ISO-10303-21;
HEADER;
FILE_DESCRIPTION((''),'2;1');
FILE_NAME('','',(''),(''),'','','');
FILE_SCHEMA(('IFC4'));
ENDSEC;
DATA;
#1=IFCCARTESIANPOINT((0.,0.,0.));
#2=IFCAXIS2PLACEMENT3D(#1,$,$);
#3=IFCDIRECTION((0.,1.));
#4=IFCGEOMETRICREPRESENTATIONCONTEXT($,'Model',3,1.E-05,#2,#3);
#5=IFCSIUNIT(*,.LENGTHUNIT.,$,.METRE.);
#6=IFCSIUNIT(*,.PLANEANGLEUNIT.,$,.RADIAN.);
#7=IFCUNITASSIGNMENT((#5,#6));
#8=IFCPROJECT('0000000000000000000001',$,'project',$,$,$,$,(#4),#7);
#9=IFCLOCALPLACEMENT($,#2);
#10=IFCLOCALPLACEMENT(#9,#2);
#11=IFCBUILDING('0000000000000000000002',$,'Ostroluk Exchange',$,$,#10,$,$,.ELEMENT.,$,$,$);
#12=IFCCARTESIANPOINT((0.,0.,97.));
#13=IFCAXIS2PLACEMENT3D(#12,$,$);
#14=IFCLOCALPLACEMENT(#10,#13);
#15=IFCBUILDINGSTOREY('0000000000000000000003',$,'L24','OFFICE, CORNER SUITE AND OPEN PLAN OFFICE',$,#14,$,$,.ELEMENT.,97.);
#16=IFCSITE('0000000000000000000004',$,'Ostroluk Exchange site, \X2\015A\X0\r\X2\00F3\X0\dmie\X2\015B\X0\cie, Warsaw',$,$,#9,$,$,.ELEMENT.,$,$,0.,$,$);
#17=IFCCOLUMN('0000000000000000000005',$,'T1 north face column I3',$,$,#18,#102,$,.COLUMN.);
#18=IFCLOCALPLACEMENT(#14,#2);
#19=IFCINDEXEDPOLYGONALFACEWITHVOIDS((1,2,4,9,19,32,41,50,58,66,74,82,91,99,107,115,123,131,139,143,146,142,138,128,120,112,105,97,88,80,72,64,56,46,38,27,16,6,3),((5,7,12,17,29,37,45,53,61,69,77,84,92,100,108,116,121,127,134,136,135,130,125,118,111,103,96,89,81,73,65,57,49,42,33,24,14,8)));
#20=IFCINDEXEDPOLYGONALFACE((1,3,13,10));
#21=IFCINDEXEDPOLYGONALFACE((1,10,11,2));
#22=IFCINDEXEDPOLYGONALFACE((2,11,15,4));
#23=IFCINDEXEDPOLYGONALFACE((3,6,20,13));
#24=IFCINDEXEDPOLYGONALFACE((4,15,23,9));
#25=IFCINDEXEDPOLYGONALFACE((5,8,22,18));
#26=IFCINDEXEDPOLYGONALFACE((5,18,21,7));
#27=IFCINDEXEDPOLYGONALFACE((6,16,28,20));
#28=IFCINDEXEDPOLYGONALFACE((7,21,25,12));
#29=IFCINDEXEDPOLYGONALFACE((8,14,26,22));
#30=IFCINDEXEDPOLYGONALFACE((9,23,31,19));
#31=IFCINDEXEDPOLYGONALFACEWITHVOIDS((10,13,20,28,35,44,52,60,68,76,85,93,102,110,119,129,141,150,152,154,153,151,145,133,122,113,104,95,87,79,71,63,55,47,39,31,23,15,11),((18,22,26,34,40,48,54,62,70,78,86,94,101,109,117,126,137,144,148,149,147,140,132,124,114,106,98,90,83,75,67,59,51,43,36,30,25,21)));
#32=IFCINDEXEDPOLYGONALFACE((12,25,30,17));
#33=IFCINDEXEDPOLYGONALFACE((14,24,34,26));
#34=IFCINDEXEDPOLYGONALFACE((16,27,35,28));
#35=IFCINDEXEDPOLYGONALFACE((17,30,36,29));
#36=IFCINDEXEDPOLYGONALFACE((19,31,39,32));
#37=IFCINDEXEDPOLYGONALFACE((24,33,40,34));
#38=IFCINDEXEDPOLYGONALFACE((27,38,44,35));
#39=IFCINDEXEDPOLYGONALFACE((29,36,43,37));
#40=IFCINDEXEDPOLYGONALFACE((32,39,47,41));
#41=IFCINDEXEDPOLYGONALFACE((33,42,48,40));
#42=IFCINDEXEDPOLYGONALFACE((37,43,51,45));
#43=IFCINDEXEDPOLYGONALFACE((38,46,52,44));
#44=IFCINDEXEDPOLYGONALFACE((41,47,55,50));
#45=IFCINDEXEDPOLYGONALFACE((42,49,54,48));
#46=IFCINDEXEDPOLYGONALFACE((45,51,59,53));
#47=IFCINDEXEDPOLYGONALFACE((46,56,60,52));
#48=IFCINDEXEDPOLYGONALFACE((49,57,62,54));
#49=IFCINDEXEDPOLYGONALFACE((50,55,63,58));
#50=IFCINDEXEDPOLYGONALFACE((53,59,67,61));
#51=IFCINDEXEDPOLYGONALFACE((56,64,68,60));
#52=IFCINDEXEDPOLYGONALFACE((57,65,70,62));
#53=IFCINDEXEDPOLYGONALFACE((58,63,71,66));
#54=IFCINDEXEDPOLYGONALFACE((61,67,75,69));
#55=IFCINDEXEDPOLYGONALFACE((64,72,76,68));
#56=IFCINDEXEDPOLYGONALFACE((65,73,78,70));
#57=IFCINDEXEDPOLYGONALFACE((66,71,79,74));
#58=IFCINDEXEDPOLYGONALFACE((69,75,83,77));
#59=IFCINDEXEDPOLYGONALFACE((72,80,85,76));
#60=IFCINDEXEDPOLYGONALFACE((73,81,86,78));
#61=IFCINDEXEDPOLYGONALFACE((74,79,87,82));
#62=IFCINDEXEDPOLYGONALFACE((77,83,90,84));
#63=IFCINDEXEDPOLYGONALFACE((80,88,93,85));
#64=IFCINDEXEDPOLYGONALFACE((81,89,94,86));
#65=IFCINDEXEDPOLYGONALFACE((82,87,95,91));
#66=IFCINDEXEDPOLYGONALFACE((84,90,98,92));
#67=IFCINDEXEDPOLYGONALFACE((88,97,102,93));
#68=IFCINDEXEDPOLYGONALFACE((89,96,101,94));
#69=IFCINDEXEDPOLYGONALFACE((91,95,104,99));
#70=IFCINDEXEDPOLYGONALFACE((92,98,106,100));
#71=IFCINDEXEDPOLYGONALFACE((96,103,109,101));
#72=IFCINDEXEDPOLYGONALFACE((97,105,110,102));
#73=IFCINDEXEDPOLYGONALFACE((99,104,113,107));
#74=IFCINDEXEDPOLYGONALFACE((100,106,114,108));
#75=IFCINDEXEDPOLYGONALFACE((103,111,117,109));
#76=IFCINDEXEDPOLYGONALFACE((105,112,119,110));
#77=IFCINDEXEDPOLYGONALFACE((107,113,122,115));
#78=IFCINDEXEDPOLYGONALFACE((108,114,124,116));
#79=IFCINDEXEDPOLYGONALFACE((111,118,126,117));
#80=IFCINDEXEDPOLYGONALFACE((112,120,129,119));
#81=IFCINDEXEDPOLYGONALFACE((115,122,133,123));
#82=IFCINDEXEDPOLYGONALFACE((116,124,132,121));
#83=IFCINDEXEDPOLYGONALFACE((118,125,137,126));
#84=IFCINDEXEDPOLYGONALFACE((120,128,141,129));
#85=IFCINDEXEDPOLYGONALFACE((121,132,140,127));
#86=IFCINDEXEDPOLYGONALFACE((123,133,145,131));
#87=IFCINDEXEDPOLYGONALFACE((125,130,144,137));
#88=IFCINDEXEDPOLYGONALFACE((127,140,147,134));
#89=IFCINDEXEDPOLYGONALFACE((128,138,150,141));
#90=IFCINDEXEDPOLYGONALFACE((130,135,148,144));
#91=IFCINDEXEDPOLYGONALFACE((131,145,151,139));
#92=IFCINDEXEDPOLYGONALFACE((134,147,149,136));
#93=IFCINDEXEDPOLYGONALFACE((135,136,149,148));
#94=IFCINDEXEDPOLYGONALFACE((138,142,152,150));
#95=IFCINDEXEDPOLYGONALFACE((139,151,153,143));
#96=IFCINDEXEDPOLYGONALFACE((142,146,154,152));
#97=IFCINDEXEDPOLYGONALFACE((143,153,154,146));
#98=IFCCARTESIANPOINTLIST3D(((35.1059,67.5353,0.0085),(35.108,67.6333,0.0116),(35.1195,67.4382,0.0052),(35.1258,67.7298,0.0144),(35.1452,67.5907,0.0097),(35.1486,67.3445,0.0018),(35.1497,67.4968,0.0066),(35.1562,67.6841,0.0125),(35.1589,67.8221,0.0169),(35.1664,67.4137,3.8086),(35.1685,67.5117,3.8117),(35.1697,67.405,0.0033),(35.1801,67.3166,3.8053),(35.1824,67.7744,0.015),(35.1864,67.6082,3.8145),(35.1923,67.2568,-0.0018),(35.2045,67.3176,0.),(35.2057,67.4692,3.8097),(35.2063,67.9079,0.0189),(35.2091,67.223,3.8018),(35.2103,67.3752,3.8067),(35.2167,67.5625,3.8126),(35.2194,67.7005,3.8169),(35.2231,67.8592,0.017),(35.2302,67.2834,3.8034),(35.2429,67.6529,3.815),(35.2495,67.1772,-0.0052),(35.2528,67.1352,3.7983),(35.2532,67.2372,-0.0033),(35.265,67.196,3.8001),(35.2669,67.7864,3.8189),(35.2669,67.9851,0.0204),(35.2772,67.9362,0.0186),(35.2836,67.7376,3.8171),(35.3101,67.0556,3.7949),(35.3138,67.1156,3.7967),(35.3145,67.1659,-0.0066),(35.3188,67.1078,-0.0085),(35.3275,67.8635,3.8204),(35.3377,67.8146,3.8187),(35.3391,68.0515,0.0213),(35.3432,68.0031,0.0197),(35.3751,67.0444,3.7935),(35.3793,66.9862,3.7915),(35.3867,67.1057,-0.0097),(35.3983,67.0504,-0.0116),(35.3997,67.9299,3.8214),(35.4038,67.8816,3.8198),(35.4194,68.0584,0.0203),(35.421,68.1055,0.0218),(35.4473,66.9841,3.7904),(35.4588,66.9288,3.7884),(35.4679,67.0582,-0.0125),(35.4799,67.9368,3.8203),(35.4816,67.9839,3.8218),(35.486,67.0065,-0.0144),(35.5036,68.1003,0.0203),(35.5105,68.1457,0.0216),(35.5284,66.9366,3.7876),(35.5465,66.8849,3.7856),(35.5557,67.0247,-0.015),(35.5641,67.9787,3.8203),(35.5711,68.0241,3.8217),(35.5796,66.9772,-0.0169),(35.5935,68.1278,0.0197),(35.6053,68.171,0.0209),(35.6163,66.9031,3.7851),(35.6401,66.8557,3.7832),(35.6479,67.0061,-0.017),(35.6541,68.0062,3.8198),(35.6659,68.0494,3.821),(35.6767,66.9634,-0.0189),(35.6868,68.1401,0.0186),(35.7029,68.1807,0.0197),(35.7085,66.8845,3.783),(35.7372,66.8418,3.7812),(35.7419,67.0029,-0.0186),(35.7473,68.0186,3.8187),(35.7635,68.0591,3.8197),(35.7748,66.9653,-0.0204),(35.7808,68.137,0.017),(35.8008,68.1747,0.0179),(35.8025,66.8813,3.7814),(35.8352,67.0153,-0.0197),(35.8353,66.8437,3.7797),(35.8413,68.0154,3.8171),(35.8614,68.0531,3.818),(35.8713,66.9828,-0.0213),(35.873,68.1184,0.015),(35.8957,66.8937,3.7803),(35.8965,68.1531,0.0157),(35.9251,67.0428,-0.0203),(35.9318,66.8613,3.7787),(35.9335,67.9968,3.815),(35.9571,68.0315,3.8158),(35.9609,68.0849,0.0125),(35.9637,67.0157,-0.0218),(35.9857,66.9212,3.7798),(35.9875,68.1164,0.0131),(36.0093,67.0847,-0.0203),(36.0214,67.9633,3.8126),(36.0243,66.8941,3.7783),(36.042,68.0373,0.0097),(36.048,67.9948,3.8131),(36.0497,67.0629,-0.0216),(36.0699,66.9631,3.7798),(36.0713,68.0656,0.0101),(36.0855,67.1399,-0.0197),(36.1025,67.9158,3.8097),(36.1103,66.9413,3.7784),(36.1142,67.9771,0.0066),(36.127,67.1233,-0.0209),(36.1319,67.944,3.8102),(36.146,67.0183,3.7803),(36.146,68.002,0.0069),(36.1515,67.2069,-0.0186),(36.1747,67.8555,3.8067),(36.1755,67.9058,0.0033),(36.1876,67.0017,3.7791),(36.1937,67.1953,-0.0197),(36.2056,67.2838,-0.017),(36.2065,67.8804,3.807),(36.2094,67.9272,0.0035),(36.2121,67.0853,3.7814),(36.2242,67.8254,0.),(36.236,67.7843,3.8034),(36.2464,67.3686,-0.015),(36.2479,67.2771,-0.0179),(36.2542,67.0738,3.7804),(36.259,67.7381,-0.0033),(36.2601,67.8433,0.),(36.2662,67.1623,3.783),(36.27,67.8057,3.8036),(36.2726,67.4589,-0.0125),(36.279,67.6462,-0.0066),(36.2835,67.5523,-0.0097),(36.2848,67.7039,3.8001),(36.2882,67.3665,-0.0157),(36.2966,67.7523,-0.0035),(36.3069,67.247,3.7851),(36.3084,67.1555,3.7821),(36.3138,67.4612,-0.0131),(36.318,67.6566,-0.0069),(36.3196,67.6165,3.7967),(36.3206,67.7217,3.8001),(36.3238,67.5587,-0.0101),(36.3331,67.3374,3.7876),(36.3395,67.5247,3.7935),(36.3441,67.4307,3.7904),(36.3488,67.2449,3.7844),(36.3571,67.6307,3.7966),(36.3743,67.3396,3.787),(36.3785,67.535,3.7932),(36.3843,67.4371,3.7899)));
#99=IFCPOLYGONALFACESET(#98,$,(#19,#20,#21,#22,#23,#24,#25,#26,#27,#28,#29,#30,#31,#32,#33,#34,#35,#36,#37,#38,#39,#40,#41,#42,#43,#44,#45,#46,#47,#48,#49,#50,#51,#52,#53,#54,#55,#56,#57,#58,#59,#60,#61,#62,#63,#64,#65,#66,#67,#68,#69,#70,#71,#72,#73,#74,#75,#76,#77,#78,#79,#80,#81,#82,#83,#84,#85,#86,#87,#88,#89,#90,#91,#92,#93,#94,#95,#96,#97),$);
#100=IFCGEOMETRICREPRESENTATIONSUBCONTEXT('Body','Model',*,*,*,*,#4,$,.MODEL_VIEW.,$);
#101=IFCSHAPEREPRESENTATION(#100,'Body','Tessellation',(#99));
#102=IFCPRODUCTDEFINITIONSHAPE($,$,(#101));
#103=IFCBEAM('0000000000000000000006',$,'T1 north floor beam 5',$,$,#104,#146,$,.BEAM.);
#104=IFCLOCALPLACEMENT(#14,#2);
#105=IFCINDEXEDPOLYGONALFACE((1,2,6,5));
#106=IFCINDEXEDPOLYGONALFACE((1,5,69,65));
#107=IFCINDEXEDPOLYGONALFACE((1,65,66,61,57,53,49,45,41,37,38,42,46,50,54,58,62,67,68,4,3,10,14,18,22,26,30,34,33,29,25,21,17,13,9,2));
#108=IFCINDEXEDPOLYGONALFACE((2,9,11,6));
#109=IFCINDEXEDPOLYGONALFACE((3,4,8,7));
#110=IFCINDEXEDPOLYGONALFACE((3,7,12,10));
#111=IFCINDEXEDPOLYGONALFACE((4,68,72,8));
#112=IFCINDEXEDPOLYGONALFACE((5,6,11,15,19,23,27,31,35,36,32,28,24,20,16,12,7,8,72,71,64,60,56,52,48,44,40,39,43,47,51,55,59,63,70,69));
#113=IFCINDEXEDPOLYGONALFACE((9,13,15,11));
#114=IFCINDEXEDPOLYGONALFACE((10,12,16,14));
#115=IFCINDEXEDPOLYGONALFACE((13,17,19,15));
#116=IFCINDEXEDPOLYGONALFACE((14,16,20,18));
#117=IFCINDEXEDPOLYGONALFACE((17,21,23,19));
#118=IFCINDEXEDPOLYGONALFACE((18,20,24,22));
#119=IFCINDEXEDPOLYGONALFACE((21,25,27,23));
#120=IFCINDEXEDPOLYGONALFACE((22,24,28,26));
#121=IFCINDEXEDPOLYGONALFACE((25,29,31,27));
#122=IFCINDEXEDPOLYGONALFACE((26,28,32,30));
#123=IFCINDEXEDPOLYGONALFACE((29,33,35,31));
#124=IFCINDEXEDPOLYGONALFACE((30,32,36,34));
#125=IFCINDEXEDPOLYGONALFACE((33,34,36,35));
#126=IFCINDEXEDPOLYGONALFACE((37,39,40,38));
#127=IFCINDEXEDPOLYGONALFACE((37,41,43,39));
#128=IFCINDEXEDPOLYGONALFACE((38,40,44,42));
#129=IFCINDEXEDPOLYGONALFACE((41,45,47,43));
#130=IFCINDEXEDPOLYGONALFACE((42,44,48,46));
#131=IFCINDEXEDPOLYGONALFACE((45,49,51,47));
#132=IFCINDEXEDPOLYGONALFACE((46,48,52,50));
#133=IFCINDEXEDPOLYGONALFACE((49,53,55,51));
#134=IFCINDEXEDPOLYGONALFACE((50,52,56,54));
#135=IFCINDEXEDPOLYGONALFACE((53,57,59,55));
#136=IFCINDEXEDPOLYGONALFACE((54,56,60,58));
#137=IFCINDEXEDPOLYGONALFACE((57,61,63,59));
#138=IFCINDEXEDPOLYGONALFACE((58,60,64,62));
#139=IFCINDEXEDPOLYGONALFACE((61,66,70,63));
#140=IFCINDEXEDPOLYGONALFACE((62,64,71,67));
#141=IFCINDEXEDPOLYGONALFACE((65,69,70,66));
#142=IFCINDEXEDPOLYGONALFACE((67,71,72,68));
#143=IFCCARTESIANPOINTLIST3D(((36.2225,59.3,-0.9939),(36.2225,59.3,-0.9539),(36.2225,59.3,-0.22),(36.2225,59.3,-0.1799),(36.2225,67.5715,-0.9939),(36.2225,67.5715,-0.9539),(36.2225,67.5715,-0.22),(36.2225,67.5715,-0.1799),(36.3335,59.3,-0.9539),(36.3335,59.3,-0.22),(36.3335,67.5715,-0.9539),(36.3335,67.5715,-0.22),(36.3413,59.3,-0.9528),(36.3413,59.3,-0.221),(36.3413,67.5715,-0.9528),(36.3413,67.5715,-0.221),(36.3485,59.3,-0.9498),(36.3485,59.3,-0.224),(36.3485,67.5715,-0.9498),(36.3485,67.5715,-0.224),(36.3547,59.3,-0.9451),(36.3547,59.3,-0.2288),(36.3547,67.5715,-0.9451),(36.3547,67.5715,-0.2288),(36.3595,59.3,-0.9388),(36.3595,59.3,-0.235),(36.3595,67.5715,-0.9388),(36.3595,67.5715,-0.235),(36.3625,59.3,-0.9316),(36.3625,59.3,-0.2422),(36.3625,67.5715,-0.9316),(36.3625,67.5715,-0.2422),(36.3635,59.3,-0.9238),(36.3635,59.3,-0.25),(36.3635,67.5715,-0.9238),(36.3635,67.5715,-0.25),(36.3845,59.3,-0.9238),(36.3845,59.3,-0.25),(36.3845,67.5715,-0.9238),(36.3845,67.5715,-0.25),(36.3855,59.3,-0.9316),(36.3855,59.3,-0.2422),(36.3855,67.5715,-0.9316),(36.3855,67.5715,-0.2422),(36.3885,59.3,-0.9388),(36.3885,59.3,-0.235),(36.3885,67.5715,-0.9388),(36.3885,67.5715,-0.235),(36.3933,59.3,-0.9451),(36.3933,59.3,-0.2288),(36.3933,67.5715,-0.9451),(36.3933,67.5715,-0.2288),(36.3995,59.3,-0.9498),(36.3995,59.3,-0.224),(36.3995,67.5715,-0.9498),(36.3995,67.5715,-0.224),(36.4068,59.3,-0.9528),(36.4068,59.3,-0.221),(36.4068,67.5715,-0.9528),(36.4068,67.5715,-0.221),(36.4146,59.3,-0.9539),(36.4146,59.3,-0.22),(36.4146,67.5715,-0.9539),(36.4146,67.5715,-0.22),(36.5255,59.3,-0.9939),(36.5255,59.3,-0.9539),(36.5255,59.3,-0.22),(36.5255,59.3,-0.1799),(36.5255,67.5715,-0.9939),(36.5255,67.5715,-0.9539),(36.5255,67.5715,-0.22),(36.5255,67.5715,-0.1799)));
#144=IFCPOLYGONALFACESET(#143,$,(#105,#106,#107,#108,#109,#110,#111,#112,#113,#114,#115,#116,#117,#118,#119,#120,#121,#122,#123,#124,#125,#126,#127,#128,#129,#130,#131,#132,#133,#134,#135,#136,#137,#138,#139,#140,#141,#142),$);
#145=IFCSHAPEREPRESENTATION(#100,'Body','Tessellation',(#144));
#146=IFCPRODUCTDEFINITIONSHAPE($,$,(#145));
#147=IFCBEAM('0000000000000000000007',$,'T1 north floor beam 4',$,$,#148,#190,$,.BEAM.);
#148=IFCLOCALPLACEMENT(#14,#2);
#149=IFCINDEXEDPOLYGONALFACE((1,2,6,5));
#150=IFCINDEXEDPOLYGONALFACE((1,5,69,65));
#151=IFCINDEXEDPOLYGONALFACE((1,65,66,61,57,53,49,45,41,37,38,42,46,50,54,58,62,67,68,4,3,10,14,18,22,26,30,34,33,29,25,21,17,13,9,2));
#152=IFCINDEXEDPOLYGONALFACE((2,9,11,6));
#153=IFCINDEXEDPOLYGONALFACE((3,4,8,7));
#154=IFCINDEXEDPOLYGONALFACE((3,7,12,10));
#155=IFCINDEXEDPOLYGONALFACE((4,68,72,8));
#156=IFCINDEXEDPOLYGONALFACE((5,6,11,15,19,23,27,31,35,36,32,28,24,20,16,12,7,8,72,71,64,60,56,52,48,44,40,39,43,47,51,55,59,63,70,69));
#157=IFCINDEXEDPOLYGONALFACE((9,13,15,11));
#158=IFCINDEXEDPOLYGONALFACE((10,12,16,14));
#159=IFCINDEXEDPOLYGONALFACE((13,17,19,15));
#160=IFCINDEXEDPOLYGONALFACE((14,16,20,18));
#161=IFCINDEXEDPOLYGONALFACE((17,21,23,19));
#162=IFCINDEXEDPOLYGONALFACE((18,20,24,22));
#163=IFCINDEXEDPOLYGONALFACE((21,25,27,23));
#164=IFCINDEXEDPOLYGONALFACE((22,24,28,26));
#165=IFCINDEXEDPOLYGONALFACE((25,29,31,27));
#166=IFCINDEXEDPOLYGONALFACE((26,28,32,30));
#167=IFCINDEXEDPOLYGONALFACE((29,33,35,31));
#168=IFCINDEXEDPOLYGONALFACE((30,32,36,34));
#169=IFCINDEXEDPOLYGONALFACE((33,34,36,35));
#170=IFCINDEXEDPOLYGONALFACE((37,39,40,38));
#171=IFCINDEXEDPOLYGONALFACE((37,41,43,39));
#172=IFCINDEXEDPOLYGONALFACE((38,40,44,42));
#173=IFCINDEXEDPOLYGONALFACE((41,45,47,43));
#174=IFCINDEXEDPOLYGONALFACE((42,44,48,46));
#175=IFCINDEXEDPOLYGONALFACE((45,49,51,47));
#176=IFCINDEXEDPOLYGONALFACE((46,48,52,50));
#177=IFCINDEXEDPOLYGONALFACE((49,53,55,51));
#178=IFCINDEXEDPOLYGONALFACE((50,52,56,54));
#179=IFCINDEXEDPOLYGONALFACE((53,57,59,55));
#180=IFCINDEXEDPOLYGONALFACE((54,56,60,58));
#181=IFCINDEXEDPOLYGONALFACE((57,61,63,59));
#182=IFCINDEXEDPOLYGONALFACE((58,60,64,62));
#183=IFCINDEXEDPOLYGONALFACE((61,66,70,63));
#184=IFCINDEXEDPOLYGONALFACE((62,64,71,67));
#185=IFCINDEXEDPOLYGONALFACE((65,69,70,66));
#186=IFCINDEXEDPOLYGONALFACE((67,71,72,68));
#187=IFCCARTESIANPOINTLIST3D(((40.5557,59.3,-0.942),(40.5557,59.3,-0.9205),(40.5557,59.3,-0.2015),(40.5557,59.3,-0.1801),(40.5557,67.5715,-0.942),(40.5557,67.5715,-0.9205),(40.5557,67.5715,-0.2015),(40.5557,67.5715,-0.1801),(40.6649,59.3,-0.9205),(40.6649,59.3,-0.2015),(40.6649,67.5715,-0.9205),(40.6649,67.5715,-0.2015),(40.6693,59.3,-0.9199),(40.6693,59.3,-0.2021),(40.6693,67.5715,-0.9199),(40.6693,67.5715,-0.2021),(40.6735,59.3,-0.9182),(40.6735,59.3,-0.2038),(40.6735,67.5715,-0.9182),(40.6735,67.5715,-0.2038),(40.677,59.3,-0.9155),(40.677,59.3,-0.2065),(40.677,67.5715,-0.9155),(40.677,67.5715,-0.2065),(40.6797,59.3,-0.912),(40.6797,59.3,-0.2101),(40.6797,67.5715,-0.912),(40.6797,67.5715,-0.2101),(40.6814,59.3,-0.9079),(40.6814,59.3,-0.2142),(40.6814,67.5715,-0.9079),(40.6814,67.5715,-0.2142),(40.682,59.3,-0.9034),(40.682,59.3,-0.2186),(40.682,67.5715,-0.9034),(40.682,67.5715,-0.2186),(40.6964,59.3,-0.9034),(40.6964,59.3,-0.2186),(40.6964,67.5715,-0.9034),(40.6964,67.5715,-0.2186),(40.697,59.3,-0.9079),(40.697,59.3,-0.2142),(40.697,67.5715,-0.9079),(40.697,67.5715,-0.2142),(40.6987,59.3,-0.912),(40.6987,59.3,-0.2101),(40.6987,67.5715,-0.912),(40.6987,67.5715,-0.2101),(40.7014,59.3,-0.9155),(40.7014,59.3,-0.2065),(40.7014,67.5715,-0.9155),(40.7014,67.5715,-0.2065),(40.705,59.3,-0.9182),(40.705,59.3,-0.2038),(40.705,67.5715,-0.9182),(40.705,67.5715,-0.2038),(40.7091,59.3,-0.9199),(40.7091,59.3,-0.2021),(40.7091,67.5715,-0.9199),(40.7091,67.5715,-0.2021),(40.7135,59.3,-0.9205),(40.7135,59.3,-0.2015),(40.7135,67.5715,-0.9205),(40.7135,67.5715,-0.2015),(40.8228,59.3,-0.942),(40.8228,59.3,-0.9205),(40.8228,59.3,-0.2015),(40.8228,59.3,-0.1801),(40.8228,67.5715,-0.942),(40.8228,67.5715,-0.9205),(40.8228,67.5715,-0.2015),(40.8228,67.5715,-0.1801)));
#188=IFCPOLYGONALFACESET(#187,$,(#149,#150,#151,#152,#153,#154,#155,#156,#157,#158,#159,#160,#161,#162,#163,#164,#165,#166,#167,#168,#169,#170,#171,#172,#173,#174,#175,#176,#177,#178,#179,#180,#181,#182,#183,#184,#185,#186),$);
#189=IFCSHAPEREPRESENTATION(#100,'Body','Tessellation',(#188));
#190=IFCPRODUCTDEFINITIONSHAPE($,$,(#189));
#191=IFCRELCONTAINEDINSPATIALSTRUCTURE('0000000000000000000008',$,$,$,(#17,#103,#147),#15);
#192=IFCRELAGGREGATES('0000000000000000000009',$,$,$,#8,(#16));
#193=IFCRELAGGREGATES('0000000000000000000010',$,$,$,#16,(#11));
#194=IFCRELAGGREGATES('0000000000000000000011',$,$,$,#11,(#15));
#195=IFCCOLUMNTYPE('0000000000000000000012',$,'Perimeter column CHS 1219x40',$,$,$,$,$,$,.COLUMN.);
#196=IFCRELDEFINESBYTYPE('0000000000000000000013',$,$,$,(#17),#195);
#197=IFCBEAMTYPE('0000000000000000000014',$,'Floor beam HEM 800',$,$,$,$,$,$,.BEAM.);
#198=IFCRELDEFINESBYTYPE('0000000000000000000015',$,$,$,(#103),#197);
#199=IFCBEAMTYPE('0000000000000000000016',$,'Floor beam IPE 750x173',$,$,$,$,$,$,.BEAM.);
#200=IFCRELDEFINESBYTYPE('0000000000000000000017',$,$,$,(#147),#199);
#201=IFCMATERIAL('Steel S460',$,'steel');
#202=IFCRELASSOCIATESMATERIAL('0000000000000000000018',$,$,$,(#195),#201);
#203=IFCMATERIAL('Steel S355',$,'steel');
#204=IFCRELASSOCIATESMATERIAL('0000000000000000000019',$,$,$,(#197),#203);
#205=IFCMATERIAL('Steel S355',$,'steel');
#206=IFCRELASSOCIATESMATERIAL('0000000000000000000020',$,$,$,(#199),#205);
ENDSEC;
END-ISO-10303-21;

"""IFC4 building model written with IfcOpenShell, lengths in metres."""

from ifc_helpers import new_model, si_unit, direction, frame, origin, origin_2d, place, context, subcontext, project, spatial, hollow_circle, i_section, extrude, material, material_profile, profile_set, type_object, element, save


model = new_model("IFC4")

# Units and contexts
model_context = context("Model", 3, precision=1e-05, world=origin(), true_north=direction((0.0, 1.0)))
body_context = subcontext(model_context, "Body", "Model", "MODEL_VIEW")
ifc_project = project(units=[si_unit("LENGTHUNIT", "METRE"), si_unit("PLANEANGLEUNIT", "RADIAN")], contexts=[model_context])

# Site, building, storey
site_placement = place(None, origin())
site = spatial("IfcSite", under=ifc_project, at=site_placement, Name="Ostroluk Exchange site, Śródmieście, Warsaw", CompositionType="ELEMENT", RefElevation=0.0)
building_placement = place(site_placement, origin())
building = spatial("IfcBuilding", under=site, at=building_placement, Name="Ostroluk Exchange", CompositionType="ELEMENT")
storey_placement = place(building_placement, frame((0.0, 0.0, 97.0)))
storey = spatial("IfcBuildingStorey", under=building, at=storey_placement, Name="L24", Description="OFFICE, CORNER SUITE AND OPEN PLAN OFFICE", CompositionType="ELEMENT", Elevation=97.0)

# Column
ifc_material_1 = material(Name="Steel S460", Category="steel")
ifc_material_profile_1 = material_profile(ifc_material_1, hollow_circle(Radius=0.6096, WallThickness=0.04, at=origin_2d()), Name="CHS 1219x40")
ifc_profile_set_1 = profile_set([ifc_material_profile_1], Name="Steel S460")
column_type = type_object("IfcColumnType", Name="Perimeter column CHS 1219x40", PredefinedType="COLUMN", material=ifc_profile_set_1)
column_placement = place(storey_placement, frame((35.7144, 67.5715, 0.0), z_axis=(0.015923, -0.031974, 0.999362), x_axis=(0.895145, 0.445775, 0.0)))
element("IfcColumn", 1, at=column_placement, inside=storey, type_object=column_type, Name="T1 north face column I3", PredefinedType="COLUMN", context=body_context, shape_type="SweptSolid", body=[
    extrude(hollow_circle(Radius=0.6096, WallThickness=0.04, at=origin_2d()), origin(), (0.0, 0.0, 1.0), 3.8025),
])

# Beams
ifc_material_2 = material(Name="Steel S355", Category="steel")
ifc_material_profile_2 = material_profile(ifc_material_2, i_section(OverallWidth=0.303, OverallDepth=0.814, WebThickness=0.021, FlangeThickness=0.04, FilletRadius=0.03, at=origin_2d()), Name="HEM 800")
ifc_profile_set_2 = profile_set([ifc_material_profile_2], Name="Steel S355")
beam_type_1 = type_object("IfcBeamType", Name="Floor beam HEM 800", PredefinedType="BEAM", material=ifc_profile_set_2)
beam_1_placement = place(storey_placement, frame((36.374, 59.3, -0.5869), z_axis=(0.0, 1.0, 0.0), x_axis=(-1.0, 0.0, 0.0)))
element("IfcBeam", 2, at=beam_1_placement, inside=storey, type_object=beam_type_1, Name="T1 north floor beam 5", PredefinedType="BEAM", context=body_context, shape_type="SweptSolid", body=[
    extrude(i_section(OverallWidth=0.303, OverallDepth=0.814, WebThickness=0.021, FlangeThickness=0.04, FilletRadius=0.03, at=origin_2d()), origin(), (0.0, 0.0, 1.0), 8.2715),
])
ifc_material_3 = material(Name="Steel S355", Category="steel")
ifc_material_profile_3 = material_profile(ifc_material_3, i_section(OverallWidth=0.2671, OverallDepth=0.762, WebThickness=0.0144, FlangeThickness=0.0215, FilletRadius=0.0171, at=origin_2d()), Name="IPE 750x173")
ifc_profile_set_3 = profile_set([ifc_material_profile_3], Name="Steel S355")
beam_type_2 = type_object("IfcBeamType", Name="Floor beam IPE 750x173", PredefinedType="BEAM", material=ifc_profile_set_3)
beam_2_placement = place(storey_placement, frame((40.6892, 59.3, -0.561), z_axis=(0.0, 1.0, 0.0), x_axis=(-1.0, 0.0, 0.0)))
element("IfcBeam", 3, at=beam_2_placement, inside=storey, type_object=beam_type_2, Name="T1 north floor beam 4", PredefinedType="BEAM", context=body_context, shape_type="SweptSolid", body=[
    extrude(i_section(OverallWidth=0.2671, OverallDepth=0.762, WebThickness=0.0144, FlangeThickness=0.0215, FilletRadius=0.0171, at=origin_2d()), origin(), (0.0, 0.0, 1.0), 8.2715),
])

save(model, "model.ifc")
